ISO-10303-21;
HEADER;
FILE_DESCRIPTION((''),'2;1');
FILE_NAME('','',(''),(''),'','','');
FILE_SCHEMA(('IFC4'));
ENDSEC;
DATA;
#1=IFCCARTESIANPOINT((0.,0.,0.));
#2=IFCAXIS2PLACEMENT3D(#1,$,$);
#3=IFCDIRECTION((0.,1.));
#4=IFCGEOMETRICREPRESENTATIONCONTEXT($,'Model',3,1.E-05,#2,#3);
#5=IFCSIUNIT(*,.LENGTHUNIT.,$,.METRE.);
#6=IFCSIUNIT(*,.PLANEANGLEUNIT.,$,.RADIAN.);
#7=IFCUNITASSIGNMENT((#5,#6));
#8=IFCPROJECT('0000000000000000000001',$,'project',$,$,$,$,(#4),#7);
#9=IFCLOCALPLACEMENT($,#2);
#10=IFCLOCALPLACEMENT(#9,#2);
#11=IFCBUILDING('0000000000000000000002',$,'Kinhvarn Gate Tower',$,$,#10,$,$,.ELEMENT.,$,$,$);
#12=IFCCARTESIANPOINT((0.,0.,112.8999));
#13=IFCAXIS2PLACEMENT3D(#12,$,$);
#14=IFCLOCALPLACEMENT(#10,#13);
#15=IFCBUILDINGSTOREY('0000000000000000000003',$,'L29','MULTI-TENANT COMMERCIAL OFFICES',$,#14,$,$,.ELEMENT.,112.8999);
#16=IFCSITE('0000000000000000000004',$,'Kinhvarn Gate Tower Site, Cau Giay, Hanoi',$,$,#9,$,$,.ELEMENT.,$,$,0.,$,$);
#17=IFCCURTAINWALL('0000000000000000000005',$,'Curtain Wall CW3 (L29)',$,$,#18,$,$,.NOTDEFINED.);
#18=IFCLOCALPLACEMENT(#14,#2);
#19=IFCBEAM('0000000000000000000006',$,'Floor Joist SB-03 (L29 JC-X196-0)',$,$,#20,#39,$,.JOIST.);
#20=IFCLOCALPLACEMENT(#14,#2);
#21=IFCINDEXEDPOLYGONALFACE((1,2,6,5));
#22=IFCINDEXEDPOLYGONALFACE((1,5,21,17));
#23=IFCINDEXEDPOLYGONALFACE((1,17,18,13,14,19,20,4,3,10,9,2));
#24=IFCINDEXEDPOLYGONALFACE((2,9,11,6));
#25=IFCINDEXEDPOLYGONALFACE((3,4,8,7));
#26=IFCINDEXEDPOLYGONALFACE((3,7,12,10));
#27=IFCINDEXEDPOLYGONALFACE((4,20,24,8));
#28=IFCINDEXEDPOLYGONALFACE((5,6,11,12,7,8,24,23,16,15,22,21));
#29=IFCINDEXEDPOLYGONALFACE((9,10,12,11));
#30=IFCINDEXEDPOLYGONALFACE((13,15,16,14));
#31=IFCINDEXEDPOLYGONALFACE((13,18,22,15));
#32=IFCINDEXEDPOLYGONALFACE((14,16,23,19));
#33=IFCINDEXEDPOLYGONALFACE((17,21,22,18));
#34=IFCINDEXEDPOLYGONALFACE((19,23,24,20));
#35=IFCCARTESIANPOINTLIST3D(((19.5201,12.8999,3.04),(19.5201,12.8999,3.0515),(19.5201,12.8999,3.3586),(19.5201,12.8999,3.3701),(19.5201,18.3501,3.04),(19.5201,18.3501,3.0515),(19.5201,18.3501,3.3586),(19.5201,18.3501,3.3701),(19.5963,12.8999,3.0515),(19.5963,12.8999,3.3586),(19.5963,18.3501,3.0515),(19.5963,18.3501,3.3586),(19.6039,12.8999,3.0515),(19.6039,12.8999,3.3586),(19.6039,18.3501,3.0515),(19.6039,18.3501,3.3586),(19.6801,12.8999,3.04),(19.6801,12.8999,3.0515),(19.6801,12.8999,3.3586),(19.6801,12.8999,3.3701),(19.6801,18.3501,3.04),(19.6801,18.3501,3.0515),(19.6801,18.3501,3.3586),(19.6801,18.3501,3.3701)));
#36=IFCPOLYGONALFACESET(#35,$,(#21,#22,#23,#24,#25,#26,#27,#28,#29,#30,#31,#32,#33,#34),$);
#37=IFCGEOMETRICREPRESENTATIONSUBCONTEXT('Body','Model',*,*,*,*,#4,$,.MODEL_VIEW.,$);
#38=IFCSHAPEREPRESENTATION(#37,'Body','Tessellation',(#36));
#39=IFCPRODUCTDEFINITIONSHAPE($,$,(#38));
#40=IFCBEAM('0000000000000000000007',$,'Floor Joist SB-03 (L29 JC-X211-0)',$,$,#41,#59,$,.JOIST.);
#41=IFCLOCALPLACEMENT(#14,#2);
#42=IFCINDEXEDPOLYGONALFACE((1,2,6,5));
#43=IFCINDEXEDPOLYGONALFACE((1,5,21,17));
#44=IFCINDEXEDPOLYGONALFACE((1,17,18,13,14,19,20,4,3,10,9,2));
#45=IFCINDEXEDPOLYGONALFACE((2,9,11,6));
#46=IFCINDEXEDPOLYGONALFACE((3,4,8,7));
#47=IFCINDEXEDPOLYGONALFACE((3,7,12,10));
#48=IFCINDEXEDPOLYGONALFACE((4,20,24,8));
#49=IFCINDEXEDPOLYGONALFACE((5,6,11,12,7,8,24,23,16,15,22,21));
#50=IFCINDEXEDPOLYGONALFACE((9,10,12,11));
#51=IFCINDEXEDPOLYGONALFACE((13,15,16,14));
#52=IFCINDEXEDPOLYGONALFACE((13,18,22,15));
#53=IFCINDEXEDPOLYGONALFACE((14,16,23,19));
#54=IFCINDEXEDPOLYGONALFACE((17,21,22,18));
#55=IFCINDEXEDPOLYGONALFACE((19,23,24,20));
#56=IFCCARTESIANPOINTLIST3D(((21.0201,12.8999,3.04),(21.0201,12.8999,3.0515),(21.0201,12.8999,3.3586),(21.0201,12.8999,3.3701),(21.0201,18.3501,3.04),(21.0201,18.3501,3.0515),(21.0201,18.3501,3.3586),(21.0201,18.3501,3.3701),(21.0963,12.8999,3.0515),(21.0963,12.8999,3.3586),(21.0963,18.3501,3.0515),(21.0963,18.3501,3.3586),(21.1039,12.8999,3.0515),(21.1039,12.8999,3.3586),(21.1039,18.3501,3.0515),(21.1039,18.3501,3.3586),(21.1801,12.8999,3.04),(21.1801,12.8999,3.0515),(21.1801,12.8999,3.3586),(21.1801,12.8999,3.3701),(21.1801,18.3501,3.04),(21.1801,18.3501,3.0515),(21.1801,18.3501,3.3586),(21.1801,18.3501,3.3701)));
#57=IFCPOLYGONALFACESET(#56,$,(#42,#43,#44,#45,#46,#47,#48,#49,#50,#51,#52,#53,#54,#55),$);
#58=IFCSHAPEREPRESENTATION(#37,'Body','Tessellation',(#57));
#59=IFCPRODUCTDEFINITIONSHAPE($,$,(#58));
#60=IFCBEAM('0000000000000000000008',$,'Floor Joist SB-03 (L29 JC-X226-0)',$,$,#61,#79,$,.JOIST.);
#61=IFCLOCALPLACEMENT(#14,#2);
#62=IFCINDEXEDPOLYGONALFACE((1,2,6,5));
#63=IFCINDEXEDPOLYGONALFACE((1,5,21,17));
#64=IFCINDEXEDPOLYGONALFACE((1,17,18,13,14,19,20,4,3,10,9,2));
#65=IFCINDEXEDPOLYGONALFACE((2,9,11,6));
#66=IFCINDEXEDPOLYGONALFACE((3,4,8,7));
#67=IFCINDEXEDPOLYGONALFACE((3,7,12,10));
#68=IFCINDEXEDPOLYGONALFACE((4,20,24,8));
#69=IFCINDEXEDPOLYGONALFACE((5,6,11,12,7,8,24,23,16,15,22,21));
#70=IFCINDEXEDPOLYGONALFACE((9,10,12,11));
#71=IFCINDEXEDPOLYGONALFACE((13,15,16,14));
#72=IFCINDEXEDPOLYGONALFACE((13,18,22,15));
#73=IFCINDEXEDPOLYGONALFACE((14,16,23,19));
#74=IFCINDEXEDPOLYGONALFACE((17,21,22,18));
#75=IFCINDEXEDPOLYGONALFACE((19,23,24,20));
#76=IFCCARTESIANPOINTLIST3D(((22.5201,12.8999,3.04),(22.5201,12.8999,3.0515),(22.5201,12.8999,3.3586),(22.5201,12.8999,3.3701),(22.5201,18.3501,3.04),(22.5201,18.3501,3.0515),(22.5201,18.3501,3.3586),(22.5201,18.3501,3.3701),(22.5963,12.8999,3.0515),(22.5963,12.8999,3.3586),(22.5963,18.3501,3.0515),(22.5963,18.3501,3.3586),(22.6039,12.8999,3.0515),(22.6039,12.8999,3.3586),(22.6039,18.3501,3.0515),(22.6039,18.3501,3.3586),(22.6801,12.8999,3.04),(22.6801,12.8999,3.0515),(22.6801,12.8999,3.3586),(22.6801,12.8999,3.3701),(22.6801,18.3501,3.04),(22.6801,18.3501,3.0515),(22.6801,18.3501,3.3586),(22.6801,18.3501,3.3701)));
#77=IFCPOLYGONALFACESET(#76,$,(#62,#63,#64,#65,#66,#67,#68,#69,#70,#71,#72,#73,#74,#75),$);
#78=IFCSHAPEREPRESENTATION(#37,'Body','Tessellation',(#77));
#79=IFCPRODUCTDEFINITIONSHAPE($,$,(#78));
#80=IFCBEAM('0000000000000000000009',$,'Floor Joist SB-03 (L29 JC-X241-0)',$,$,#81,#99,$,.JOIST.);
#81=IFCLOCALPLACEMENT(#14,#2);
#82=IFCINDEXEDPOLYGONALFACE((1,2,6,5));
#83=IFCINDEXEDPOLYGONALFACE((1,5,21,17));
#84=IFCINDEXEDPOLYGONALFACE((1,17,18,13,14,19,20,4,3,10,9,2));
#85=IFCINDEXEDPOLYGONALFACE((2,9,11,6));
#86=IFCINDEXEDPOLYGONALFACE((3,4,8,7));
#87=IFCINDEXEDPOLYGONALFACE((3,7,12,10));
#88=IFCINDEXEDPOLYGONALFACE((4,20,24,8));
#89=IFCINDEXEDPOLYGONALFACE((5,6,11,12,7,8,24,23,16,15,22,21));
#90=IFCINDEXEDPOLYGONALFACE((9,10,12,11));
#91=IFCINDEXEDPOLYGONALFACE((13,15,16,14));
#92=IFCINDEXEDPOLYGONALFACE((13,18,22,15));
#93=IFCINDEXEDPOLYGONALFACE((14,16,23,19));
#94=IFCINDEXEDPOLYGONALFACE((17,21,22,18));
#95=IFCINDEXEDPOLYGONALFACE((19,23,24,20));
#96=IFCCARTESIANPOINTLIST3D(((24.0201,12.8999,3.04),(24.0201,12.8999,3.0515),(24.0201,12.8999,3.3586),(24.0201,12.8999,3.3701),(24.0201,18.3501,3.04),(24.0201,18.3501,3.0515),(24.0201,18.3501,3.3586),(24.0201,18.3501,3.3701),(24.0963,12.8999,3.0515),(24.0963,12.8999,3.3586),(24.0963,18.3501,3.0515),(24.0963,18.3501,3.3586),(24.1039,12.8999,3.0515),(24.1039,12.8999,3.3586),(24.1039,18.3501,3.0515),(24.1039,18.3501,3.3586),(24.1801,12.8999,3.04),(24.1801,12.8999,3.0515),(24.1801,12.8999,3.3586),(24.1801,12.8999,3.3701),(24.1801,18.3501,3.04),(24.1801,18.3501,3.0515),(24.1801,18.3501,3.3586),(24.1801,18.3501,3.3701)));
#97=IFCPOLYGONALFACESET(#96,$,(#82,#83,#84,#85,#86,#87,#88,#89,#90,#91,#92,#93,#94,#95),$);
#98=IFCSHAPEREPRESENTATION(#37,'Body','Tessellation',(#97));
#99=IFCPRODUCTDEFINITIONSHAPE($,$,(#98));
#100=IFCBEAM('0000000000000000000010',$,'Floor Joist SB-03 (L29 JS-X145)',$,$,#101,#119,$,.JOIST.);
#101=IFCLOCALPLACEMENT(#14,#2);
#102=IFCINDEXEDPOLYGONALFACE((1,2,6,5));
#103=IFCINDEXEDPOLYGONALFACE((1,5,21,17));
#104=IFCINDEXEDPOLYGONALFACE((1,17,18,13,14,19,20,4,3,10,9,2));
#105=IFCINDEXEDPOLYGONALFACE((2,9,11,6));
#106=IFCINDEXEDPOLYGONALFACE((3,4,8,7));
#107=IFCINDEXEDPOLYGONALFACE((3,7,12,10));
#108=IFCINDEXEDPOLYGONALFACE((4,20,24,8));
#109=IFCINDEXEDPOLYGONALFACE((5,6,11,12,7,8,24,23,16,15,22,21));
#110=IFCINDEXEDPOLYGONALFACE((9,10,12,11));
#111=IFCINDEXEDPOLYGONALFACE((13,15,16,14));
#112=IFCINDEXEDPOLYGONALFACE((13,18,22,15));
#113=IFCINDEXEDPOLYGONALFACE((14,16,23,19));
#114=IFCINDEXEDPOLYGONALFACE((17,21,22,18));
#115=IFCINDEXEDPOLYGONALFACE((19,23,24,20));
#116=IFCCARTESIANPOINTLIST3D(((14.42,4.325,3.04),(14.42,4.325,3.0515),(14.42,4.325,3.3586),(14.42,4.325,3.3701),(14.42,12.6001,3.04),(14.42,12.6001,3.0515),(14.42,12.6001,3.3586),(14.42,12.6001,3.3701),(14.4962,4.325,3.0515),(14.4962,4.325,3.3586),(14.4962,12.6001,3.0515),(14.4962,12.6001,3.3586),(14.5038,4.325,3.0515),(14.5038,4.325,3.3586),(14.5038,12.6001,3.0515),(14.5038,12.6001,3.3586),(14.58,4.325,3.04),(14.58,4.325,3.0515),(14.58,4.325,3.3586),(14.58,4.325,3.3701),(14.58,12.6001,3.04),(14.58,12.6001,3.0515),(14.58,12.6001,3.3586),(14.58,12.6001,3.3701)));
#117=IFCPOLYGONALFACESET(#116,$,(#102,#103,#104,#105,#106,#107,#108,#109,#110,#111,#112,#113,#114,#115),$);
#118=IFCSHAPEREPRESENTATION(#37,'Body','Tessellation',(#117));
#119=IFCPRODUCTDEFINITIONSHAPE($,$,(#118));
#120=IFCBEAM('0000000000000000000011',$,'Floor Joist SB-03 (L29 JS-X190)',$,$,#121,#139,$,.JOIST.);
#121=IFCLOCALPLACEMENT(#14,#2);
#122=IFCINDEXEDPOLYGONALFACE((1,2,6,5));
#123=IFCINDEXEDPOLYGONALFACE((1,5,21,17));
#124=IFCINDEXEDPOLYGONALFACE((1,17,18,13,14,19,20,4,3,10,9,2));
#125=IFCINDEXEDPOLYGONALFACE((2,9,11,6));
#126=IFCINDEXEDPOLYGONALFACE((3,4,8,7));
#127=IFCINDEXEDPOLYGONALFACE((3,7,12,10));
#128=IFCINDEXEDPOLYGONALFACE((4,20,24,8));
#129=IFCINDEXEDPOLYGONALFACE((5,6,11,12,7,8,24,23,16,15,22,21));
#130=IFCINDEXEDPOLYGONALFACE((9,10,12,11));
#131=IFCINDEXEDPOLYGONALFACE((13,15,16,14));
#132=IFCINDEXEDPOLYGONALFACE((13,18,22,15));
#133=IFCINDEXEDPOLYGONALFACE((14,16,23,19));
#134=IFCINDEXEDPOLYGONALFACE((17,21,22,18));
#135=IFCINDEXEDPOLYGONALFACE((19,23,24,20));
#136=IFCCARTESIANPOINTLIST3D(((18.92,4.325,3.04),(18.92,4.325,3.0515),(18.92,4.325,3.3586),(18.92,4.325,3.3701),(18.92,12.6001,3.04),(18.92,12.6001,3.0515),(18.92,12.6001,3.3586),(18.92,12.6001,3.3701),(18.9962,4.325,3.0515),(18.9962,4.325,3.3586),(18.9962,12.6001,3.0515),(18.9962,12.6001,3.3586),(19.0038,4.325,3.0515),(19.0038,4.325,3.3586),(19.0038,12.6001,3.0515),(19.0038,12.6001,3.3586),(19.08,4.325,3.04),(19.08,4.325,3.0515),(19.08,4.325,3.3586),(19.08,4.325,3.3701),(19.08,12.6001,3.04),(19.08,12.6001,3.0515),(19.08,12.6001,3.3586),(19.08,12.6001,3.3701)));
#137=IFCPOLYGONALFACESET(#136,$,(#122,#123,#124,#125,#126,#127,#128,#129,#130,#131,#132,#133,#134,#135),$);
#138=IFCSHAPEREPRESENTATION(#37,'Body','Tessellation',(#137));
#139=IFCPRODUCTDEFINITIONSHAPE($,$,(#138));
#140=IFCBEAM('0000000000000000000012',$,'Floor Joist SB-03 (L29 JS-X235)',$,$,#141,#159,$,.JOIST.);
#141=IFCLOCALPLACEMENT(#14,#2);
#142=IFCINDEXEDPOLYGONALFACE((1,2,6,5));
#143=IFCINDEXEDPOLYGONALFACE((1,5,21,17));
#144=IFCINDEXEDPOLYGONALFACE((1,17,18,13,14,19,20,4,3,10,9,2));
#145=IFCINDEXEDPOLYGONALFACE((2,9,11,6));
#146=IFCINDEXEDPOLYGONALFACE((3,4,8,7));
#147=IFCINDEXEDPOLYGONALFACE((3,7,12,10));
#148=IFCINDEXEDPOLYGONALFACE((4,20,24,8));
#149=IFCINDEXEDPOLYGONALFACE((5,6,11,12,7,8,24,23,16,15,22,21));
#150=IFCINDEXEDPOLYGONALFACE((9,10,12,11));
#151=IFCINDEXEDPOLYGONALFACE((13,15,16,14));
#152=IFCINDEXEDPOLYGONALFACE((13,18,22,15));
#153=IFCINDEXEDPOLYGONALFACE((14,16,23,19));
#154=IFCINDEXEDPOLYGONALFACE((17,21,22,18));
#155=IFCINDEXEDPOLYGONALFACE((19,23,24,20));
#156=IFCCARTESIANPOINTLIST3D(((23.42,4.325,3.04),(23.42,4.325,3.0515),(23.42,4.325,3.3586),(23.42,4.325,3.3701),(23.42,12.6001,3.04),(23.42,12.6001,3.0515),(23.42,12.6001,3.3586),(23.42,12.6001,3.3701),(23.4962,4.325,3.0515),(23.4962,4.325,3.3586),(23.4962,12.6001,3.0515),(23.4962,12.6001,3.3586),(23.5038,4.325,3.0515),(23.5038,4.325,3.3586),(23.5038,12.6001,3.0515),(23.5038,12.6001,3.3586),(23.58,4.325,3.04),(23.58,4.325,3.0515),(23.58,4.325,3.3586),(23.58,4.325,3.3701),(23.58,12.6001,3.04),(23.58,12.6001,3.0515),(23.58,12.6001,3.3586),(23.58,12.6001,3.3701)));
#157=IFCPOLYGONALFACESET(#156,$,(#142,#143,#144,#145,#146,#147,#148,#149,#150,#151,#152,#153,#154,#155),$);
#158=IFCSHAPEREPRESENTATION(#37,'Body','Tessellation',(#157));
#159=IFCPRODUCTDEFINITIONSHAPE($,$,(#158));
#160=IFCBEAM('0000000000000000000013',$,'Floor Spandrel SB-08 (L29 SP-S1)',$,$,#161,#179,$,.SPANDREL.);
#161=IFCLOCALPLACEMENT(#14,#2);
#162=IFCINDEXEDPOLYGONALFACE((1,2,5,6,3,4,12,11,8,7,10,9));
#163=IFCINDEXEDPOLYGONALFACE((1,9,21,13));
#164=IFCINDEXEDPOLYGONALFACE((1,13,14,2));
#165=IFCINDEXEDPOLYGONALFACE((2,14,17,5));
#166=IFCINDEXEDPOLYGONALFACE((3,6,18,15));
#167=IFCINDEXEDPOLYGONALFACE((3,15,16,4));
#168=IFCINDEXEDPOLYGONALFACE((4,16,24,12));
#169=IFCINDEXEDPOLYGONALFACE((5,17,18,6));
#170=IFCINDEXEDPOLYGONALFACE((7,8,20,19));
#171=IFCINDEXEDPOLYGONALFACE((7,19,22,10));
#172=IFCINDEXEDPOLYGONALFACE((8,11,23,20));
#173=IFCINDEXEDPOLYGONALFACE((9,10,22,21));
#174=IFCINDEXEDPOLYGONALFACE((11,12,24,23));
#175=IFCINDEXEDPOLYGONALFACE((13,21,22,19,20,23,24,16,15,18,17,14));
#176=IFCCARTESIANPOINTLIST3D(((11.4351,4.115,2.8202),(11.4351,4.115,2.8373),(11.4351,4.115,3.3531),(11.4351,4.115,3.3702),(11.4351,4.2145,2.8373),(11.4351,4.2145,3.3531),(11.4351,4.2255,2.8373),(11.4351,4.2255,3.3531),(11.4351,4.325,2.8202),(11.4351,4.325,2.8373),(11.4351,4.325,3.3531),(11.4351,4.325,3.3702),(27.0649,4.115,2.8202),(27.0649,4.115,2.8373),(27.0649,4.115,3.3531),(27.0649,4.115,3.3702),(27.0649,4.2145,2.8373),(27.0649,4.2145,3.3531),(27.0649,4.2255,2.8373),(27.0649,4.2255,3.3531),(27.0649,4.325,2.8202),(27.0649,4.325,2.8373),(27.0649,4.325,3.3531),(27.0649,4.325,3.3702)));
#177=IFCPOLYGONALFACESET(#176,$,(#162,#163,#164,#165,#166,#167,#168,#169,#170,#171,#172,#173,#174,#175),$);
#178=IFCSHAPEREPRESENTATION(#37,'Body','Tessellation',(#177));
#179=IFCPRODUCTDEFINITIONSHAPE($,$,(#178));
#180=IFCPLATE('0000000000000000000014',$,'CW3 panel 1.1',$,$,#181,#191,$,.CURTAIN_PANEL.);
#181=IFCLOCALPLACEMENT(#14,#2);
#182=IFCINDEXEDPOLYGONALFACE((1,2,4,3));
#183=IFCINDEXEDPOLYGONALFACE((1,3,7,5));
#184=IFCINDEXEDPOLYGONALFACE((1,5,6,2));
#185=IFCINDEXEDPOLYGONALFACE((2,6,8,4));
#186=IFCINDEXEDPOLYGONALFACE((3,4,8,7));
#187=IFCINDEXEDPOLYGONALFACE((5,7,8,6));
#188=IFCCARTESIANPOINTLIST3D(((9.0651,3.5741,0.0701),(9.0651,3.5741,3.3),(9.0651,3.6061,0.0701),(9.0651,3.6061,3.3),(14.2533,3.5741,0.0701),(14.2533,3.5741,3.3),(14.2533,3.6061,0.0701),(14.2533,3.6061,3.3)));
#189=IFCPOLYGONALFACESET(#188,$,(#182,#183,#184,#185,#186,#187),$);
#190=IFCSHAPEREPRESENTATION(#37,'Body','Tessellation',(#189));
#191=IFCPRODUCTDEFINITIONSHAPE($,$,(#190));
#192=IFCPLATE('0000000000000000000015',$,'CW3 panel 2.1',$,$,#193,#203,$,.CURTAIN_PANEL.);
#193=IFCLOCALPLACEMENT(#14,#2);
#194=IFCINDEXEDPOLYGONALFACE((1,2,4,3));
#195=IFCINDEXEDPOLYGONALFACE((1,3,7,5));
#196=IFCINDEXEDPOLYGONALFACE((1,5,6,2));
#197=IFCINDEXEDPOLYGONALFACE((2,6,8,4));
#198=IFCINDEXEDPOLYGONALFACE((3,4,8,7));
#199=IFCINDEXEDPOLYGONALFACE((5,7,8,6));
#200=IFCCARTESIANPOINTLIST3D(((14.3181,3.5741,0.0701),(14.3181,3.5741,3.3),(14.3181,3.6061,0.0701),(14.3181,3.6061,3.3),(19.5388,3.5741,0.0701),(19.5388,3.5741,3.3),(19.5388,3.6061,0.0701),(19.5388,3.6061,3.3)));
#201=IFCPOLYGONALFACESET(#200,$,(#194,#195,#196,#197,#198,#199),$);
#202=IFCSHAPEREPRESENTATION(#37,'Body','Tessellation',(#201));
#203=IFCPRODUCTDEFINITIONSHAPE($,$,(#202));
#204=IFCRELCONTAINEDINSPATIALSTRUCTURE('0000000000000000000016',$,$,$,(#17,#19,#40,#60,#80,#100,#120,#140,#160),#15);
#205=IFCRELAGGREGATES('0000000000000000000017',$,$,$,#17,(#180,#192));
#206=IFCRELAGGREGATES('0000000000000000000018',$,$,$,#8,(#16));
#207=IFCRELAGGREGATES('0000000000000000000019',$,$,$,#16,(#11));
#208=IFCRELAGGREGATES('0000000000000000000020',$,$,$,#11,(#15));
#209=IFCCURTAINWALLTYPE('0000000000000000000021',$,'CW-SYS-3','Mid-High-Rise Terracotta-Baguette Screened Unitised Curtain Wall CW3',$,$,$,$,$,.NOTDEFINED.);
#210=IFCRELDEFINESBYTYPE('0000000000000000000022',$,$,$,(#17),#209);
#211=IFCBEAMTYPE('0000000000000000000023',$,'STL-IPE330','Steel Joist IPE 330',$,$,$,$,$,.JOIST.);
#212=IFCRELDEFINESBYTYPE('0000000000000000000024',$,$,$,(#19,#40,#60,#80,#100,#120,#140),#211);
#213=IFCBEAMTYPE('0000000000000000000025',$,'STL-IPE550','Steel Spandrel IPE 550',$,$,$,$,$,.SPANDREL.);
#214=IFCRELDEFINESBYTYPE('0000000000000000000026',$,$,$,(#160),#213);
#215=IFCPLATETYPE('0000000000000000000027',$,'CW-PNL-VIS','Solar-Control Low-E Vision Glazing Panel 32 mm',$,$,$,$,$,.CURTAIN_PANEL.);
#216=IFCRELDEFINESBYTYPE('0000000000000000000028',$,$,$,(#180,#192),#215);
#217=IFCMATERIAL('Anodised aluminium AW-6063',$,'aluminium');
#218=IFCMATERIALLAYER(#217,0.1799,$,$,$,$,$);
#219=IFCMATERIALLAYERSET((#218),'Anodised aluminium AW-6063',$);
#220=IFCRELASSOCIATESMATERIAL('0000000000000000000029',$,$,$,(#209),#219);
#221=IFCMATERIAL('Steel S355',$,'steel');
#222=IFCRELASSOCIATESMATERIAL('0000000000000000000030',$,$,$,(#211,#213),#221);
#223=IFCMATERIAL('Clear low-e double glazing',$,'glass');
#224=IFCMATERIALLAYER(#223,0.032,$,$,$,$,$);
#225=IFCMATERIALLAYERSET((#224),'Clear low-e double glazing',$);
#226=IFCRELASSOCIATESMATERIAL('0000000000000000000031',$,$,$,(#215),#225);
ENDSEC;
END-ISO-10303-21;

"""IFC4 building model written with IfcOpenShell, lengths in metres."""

from ifc_helpers import new_model, si_unit, direction, frame, origin, origin_2d, place, context, subcontext, project, spatial, rectangle, i_section, extrude, material, layer, layer_set, material_profile, profile_set, type_object, element, aggregate, save


model = new_model("IFC4")

# Units and contexts
model_context = context("Model", 3, precision=1e-05, world=origin(), true_north=direction((0.0, 1.0)))
body_context = subcontext(model_context, "Body", "Model", "MODEL_VIEW")
ifc_project = project(units=[si_unit("LENGTHUNIT", "METRE"), si_unit("PLANEANGLEUNIT", "RADIAN")], contexts=[model_context])

# Site, building, storey
site_placement = place(None, origin())
site = spatial("IfcSite", under=ifc_project, at=site_placement, Name="Kinhvarn Gate Tower Site, Cau Giay, Hanoi", CompositionType="ELEMENT", RefElevation=0.0)
building_placement = place(site_placement, origin())
building = spatial("IfcBuilding", under=site, at=building_placement, Name="Kinhvarn Gate Tower", CompositionType="ELEMENT")
storey_placement = place(building_placement, frame((0.0, 0.0, 112.8999)))
storey = spatial("IfcBuildingStorey", under=building, at=storey_placement, Name="L29", Description="MULTI-TENANT COMMERCIAL OFFICES", CompositionType="ELEMENT", Elevation=112.8999)

# Curtain wall
ifc_material_1 = material(Name="Anodised aluminium AW-6063", Category="aluminium")
ifc_layer_1 = layer(ifc_material_1, 0.1799)
ifc_layer_set_1 = layer_set([ifc_layer_1], Name="Anodised aluminium AW-6063")
curtain_wall_type = type_object("IfcCurtainWallType", Name="CW-SYS-3", Description="Mid-High-Rise Terracotta-Baguette Screened Unitised Curtain Wall CW3", PredefinedType="NOTDEFINED", material=ifc_layer_set_1)
curtain_wall_placement = place(storey_placement, origin())
curtain_wall = element("IfcCurtainWall", 1, at=curtain_wall_placement, inside=storey, type_object=curtain_wall_type, Name="Curtain Wall CW3 (L29)", PredefinedType="NOTDEFINED")

# Beams
ifc_material_2 = material(Name="Steel S355", Category="steel")
ifc_material_profile_1 = material_profile(ifc_material_2, i_section(OverallWidth=0.1599, OverallDepth=0.3301, WebThickness=0.0076, FlangeThickness=0.0115, at=origin_2d()), Name="IPE 330")
ifc_profile_set_1 = profile_set([ifc_material_profile_1], Name="Steel S355")
beam_type_1 = type_object("IfcBeamType", Name="STL-IPE330", Description="Steel Joist IPE 330", PredefinedType="JOIST", material=ifc_profile_set_1)
for number, where, z_axis, x_axis, name in (
    (2, (19.6001, 12.8999, 3.2051), (0.0, 1.0, 0.0), (-1.0, 0.0, 0.0), "Floor Joist SB-03 (L29 JC-X196-0)"),
    (3, (21.1001, 12.8999, 3.2051), (0.0, 1.0, 0.0), (-1.0, 0.0, 0.0), "Floor Joist SB-03 (L29 JC-X211-0)"),
    (4, (22.6001, 12.8999, 3.2051), (0.0, 1.0, 0.0), (-1.0, 0.0, 0.0), "Floor Joist SB-03 (L29 JC-X226-0)"),
    (5, (24.1001, 12.8999, 3.2051), (0.0, 1.0, 0.0), (-1.0, 0.0, 0.0), "Floor Joist SB-03 (L29 JC-X241-0)"),
):
    element("IfcBeam", number, at=place(storey_placement, frame(where, z_axis=z_axis, x_axis=x_axis)), inside=storey, type_object=beam_type_1, Name=name, PredefinedType="JOIST", context=body_context, shape_type="SweptSolid", body=[
        extrude(i_section(OverallWidth=0.1599, OverallDepth=0.3301, WebThickness=0.0076, FlangeThickness=0.0115, at=origin_2d()), origin(), (0.0, 0.0, 1.0), 5.4502),
    ])
for number, where, z_axis, x_axis, name in (
    (6, (14.5, 4.325, 3.2051), (0.0, 1.0, 0.0), (-1.0, 0.0, 0.0), "Floor Joist SB-03 (L29 JS-X145)"),
    (7, (19.0, 4.325, 3.2051), (0.0, 1.0, 0.0), (-1.0, 0.0, 0.0), "Floor Joist SB-03 (L29 JS-X190)"),
    (8, (23.5, 4.325, 3.2051), (0.0, 1.0, 0.0), (-1.0, 0.0, 0.0), "Floor Joist SB-03 (L29 JS-X235)"),
):
    element("IfcBeam", number, at=place(storey_placement, frame(where, z_axis=z_axis, x_axis=x_axis)), inside=storey, type_object=beam_type_1, Name=name, PredefinedType="JOIST", context=body_context, shape_type="SweptSolid", body=[
        extrude(i_section(OverallWidth=0.1599, OverallDepth=0.3301, WebThickness=0.0076, FlangeThickness=0.0115, at=origin_2d()), origin(), (0.0, 0.0, 1.0), 8.2751),
    ])
ifc_material_profile_2 = material_profile(ifc_material_2, i_section(OverallWidth=0.21, OverallDepth=0.55, WebThickness=0.011, FlangeThickness=0.0171, at=origin_2d()), Name="IPE 550")
ifc_profile_set_2 = profile_set([ifc_material_profile_2], Name="Steel S355")
beam_type_2 = type_object("IfcBeamType", Name="STL-IPE550", Description="Steel Spandrel IPE 550", PredefinedType="SPANDREL", material=ifc_profile_set_2)
beam_1_placement = place(storey_placement, frame((11.4351, 4.22, 3.0952), z_axis=(1.0, 0.0, 0.0), x_axis=(0.0, 1.0, 0.0)))
element("IfcBeam", 9, at=beam_1_placement, inside=storey, type_object=beam_type_2, Name="Floor Spandrel SB-08 (L29 SP-S1)", PredefinedType="SPANDREL", context=body_context, shape_type="SweptSolid", body=[
    extrude(i_section(OverallWidth=0.21, OverallDepth=0.55, WebThickness=0.011, FlangeThickness=0.0171, at=origin_2d()), origin(), (0.0, 0.0, 1.0), 15.6299),
])

# Plates
ifc_material_3 = material(Name="Clear low-e double glazing", Category="glass")
ifc_layer_2 = layer(ifc_material_3, 0.032)
ifc_layer_set_2 = layer_set([ifc_layer_2], Name="Clear low-e double glazing")
plate_type = type_object("IfcPlateType", Name="CW-PNL-VIS", Description="Solar-Control Low-E Vision Glazing Panel 32 mm", PredefinedType="CURTAIN_PANEL", material=ifc_layer_set_2)
plate_1_placement = place(storey_placement, frame((11.6592, 3.5901, 0.0701), z_axis=(0.0, 0.0, 1.0), x_axis=(1.0, 0.0, 0.0)))
plate_1 = element("IfcPlate", 10, at=plate_1_placement, type_object=plate_type, Name="CW3 panel 1.1", PredefinedType="CURTAIN_PANEL", context=body_context, shape_type="SweptSolid", body=[
    extrude(rectangle(XDim=5.1882, YDim=0.032, at=origin_2d()), origin(), (0.0, 0.0, 1.0), 3.23),
])
plate_2_placement = place(storey_placement, frame((16.9285, 3.5901, 0.0701), z_axis=(0.0, 0.0, 1.0), x_axis=(1.0, 0.0, 0.0)))
plate_2 = element("IfcPlate", 11, at=plate_2_placement, type_object=plate_type, Name="CW3 panel 2.1", PredefinedType="CURTAIN_PANEL", context=body_context, shape_type="SweptSolid", body=[
    extrude(rectangle(XDim=5.2207, YDim=0.032, at=origin_2d()), origin(), (0.0, 0.0, 1.0), 3.23),
])
aggregate(curtain_wall, [plate_1, plate_2])

save(model, "model.ifc")
